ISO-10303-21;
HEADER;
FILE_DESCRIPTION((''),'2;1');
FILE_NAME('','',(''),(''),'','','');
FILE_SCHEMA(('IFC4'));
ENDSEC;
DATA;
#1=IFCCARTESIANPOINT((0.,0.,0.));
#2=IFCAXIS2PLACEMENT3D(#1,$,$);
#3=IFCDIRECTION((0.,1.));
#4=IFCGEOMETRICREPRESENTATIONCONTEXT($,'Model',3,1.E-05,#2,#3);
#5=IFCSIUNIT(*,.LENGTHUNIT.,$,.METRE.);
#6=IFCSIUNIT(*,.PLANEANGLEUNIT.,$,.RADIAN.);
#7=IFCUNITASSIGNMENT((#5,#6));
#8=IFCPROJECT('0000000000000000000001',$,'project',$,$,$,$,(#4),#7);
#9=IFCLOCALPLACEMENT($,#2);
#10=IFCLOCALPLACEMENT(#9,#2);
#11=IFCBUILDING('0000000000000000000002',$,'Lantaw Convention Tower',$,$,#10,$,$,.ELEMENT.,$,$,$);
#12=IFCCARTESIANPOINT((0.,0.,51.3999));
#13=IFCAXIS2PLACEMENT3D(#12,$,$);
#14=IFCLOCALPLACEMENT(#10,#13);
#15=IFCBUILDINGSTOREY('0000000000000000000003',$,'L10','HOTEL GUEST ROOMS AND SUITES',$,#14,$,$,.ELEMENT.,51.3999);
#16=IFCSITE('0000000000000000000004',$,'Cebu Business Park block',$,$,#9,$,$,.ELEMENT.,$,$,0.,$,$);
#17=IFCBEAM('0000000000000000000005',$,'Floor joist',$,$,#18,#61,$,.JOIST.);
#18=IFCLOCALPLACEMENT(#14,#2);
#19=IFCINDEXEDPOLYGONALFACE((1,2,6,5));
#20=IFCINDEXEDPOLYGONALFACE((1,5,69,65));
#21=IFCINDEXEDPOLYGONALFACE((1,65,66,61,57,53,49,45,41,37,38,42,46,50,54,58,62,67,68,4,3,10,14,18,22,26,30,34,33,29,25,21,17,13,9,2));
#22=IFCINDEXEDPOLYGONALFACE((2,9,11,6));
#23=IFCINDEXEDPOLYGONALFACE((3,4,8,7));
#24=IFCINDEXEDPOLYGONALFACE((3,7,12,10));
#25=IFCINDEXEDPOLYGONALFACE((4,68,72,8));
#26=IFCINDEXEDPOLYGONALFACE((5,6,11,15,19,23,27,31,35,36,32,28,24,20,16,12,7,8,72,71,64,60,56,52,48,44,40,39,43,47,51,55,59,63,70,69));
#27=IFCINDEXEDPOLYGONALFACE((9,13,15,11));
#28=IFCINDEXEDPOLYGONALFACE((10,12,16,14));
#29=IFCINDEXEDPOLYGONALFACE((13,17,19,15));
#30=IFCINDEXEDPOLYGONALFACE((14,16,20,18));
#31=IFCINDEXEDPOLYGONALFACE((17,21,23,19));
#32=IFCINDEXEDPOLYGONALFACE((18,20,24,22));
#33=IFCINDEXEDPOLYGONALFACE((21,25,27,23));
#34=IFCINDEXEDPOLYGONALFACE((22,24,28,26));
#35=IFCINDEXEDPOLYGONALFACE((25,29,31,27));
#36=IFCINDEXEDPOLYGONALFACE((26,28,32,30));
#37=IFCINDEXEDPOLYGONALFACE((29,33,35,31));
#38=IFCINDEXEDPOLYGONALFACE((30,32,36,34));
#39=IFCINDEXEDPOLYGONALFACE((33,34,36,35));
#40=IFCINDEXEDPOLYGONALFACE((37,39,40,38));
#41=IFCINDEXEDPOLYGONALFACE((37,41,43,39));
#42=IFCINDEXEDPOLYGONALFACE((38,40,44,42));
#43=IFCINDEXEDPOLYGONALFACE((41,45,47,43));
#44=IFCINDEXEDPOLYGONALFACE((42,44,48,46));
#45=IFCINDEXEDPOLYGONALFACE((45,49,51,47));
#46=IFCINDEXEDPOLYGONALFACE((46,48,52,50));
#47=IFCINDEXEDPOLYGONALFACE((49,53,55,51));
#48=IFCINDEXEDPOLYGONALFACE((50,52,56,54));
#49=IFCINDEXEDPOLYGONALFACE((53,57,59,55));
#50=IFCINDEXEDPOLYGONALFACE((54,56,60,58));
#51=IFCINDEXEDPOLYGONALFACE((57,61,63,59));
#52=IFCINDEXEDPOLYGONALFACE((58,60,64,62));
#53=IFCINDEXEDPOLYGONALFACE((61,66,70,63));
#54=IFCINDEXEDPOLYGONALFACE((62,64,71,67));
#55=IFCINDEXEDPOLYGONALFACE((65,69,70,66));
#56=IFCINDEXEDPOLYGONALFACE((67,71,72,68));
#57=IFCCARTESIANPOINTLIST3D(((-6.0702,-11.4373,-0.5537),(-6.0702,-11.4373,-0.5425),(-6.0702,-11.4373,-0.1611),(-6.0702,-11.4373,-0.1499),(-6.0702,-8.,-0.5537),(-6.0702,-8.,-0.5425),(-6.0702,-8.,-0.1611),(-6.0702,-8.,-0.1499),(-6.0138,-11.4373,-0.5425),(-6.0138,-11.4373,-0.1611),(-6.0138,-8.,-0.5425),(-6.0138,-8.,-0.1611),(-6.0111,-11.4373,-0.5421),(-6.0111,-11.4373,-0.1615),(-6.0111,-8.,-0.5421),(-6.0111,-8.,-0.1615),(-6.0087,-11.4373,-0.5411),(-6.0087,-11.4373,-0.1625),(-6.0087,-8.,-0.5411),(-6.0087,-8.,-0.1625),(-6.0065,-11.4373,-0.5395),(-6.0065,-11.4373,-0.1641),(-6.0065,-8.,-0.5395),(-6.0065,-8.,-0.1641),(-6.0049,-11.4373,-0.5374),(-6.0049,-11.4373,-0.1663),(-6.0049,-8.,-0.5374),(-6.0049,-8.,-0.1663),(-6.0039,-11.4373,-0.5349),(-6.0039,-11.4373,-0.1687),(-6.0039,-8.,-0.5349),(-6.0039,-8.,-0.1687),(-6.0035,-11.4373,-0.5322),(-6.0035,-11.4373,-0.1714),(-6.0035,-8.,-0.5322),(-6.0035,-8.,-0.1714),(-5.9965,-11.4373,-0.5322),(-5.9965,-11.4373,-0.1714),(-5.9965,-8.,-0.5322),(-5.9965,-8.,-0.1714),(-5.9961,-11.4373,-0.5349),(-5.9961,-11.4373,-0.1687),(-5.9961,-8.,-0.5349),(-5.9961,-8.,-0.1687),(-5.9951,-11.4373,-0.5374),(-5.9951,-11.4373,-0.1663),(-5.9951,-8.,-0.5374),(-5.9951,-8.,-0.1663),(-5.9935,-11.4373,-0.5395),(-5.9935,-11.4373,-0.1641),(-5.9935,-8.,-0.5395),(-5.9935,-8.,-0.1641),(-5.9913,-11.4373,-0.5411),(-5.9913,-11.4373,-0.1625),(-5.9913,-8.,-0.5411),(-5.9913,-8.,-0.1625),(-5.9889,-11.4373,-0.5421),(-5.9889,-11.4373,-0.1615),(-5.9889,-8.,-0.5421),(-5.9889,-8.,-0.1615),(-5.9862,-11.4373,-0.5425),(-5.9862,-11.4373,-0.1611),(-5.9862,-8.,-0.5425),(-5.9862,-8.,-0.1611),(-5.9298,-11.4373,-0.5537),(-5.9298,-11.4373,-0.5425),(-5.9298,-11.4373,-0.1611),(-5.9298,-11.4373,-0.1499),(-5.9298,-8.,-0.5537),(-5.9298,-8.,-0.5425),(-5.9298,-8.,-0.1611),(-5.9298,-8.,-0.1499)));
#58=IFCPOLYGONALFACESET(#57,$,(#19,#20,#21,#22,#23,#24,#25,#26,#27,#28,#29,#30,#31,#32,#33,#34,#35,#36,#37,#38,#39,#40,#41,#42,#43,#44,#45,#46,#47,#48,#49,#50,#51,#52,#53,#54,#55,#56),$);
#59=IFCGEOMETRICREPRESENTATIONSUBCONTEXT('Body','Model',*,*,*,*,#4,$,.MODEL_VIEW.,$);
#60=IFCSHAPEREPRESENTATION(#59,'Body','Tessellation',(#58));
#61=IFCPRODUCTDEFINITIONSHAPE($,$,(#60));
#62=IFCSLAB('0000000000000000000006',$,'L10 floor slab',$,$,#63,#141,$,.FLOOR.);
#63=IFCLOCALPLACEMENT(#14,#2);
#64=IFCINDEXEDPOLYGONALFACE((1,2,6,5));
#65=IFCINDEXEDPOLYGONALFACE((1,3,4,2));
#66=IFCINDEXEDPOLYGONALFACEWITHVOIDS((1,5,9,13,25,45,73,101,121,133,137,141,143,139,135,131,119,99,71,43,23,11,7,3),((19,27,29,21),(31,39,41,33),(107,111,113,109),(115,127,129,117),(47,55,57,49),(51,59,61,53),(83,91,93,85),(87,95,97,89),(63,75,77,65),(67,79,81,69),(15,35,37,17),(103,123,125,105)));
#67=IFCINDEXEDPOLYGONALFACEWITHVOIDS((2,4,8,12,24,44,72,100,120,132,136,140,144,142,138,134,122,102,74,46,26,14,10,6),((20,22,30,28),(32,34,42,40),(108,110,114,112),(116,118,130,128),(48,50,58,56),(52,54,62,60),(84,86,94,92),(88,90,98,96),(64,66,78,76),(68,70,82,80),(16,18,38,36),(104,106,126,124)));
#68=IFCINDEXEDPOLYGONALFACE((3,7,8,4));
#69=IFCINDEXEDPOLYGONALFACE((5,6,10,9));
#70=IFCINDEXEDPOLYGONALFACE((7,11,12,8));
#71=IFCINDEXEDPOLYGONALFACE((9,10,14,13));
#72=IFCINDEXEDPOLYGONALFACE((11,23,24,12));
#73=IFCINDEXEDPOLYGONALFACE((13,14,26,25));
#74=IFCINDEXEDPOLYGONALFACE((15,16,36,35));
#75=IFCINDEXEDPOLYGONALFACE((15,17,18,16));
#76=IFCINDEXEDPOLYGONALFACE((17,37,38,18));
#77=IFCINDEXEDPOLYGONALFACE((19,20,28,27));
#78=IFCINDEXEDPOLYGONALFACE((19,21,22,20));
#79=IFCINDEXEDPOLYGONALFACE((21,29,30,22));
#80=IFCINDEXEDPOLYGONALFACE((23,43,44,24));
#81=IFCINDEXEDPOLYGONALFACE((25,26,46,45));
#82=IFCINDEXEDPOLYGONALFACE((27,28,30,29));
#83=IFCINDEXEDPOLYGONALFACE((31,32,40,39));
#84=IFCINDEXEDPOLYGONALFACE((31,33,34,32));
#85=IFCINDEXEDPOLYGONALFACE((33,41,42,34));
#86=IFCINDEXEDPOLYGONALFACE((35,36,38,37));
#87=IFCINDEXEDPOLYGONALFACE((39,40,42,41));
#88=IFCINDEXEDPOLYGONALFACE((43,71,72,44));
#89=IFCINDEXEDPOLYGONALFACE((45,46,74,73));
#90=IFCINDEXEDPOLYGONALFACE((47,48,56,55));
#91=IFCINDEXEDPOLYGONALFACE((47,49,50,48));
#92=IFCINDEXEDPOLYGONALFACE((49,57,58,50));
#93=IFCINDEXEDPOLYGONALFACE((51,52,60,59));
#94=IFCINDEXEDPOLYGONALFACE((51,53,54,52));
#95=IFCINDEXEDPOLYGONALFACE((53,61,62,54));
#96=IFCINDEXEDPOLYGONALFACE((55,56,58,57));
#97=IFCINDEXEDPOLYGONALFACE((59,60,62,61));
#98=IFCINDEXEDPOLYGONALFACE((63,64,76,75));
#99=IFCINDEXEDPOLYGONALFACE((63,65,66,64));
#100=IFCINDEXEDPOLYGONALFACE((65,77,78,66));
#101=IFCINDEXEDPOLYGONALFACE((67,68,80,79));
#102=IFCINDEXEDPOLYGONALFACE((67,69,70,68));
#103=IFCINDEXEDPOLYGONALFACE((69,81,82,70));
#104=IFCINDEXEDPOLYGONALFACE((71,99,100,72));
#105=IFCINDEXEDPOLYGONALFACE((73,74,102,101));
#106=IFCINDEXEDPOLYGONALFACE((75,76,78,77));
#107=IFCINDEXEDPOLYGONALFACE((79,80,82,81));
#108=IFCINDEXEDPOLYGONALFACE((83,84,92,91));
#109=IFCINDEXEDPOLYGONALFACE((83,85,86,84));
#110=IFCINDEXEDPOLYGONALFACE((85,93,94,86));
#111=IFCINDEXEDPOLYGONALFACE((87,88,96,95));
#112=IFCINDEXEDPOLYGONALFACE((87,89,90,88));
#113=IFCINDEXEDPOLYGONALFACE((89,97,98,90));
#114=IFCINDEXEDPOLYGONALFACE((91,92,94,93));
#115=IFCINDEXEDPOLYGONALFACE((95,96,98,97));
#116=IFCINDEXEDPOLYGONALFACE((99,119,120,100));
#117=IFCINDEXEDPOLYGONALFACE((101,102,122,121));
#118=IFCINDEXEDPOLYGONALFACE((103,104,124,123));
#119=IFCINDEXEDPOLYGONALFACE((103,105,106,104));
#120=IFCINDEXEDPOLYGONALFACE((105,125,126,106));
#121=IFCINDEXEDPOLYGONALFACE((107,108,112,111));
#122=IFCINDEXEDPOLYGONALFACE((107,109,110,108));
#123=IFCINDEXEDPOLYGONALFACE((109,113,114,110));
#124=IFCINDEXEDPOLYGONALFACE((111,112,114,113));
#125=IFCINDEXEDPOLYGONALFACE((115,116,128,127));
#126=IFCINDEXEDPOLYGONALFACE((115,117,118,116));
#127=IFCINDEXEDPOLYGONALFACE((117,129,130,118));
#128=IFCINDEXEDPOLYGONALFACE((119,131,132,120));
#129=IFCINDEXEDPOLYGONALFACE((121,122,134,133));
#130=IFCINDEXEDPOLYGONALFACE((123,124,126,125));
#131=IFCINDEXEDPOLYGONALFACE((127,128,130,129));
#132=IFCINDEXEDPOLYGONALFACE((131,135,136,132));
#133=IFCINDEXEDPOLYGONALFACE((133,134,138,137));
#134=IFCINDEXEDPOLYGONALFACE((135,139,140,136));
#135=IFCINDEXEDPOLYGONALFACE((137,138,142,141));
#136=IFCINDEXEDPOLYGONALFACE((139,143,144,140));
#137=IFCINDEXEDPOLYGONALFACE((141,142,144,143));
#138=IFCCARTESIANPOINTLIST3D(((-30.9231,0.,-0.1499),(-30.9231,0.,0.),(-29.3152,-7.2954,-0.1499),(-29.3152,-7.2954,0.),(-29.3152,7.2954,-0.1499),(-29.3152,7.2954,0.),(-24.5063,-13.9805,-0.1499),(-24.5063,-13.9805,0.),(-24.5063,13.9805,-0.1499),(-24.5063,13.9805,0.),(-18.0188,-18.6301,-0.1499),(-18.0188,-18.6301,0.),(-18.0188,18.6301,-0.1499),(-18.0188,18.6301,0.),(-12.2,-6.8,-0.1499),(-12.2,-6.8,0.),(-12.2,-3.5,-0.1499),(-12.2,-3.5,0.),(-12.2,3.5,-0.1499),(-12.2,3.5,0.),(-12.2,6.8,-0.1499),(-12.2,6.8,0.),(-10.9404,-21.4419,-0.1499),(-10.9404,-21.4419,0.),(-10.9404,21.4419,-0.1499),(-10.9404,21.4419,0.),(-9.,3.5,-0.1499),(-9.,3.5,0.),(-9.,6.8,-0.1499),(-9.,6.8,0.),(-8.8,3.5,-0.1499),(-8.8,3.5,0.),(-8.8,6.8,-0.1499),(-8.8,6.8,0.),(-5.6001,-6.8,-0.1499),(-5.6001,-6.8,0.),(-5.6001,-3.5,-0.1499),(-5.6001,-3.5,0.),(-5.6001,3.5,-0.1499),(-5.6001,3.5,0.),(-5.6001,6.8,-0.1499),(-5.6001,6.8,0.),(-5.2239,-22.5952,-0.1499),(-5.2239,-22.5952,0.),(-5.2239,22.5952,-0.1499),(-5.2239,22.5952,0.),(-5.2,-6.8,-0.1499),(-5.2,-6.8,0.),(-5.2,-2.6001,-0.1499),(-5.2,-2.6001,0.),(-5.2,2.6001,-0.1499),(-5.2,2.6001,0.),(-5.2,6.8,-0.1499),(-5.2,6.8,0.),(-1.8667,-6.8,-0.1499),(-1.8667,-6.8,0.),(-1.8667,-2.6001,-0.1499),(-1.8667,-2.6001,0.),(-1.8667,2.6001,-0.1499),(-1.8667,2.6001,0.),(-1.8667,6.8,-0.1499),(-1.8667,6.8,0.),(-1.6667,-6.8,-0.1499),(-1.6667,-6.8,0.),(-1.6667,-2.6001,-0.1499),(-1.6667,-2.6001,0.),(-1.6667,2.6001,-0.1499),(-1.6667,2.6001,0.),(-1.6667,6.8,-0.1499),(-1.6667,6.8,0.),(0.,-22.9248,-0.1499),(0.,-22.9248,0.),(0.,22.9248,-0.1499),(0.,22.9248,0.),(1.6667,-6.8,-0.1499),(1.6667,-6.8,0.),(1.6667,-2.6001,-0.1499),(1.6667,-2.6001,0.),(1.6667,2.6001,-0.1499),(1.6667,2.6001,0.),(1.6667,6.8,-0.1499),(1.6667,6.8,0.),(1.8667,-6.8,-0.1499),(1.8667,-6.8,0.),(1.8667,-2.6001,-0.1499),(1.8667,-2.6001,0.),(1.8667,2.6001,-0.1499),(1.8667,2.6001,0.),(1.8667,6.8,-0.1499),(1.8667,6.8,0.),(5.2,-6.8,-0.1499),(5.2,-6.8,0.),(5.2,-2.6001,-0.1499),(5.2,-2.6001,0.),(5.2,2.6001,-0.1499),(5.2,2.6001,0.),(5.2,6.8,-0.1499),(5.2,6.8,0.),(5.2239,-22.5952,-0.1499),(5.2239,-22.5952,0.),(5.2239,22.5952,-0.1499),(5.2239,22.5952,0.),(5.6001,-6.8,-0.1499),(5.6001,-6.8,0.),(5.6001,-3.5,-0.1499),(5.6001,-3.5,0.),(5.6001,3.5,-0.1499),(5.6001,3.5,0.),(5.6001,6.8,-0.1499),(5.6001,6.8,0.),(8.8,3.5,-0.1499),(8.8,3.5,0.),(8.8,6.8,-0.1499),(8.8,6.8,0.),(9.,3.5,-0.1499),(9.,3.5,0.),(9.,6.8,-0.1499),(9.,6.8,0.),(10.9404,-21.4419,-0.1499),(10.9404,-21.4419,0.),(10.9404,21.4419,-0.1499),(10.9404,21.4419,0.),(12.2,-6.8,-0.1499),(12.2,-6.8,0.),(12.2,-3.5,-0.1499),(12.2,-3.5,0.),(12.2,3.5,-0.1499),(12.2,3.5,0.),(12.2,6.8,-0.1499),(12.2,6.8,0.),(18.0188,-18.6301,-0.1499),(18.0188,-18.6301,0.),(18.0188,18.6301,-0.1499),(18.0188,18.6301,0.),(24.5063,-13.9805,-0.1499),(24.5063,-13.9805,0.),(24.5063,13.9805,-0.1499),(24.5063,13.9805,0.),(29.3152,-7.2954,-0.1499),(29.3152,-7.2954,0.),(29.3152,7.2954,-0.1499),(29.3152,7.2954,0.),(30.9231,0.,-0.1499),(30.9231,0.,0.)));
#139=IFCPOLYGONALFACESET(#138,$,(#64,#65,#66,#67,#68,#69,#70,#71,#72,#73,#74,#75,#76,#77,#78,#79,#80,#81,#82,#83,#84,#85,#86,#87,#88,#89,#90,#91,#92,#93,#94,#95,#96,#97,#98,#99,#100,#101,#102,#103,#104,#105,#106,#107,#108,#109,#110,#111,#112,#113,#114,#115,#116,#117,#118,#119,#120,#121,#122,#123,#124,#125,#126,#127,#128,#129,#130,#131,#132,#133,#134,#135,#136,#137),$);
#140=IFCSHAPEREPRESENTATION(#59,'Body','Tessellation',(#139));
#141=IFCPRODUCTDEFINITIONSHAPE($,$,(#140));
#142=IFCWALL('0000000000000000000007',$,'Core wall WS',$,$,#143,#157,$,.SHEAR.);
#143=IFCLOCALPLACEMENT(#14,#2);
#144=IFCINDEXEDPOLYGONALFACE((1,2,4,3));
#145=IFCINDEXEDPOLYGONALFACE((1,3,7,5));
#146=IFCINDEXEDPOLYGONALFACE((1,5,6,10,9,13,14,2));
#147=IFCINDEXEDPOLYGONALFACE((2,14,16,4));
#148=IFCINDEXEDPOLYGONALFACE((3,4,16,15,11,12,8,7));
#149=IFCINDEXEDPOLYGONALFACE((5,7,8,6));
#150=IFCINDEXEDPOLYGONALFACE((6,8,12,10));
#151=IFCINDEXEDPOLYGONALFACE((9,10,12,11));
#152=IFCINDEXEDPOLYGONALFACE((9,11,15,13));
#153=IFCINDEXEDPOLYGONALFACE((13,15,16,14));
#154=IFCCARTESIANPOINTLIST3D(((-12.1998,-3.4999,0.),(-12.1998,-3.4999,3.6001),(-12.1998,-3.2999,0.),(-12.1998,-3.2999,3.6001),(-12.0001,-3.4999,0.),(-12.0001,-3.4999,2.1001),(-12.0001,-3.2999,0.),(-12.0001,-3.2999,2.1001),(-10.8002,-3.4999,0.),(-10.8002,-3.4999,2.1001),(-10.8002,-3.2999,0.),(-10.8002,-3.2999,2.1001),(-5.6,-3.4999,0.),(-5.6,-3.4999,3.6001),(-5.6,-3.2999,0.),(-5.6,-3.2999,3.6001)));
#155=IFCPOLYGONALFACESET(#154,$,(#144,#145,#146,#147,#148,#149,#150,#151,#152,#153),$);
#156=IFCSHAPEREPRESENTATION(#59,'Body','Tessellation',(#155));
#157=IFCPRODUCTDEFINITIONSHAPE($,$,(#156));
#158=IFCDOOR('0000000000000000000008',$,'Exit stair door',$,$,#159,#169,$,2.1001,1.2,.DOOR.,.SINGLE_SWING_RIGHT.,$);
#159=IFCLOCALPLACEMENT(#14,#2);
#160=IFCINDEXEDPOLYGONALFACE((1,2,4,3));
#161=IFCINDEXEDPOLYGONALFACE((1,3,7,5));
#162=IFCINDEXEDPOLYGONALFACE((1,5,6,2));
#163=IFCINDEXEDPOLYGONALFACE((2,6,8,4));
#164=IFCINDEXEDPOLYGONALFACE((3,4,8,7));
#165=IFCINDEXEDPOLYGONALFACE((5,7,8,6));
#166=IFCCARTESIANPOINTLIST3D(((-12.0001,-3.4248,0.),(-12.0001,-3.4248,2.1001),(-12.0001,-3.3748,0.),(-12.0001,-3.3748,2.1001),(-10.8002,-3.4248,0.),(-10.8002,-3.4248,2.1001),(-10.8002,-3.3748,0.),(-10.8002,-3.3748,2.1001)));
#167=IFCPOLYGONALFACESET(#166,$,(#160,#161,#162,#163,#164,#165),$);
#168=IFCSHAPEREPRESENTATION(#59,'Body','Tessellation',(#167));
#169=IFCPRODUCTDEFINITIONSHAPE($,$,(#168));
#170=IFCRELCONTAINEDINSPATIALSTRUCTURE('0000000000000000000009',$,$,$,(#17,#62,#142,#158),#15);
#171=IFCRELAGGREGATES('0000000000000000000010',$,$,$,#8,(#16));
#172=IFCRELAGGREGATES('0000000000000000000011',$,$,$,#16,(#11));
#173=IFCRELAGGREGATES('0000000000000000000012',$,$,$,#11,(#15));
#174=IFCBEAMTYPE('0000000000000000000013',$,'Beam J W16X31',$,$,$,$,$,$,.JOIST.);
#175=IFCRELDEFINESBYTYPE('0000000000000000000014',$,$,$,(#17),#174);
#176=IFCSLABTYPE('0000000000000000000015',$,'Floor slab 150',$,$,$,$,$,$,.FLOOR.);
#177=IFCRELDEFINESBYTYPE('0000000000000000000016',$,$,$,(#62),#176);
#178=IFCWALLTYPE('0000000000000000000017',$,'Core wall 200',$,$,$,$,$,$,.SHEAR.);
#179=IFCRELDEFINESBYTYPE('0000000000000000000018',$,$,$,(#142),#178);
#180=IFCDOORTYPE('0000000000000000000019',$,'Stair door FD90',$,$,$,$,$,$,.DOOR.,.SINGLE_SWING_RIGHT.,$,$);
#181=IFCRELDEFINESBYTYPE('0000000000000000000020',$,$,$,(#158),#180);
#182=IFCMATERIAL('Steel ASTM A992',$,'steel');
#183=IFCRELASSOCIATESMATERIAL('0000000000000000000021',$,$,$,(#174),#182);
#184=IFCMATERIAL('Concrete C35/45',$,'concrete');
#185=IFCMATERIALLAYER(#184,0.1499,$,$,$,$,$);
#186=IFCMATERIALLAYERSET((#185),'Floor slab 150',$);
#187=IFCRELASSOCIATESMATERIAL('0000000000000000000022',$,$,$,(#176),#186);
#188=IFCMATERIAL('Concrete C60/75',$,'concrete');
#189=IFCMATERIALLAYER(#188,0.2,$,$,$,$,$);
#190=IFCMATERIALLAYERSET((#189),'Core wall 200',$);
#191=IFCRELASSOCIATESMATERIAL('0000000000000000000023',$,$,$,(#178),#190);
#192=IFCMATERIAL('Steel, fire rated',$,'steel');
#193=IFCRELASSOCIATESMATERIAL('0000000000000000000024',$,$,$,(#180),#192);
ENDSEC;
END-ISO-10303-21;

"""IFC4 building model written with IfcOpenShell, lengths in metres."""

from ifc_helpers import new_model, si_unit, direction, frame, frame_2d, origin, origin_2d, place, context, subcontext, project, spatial, polyline, rectangle, i_section, outline, extrude, material, layer, layer_set, material_profile, profile_set, type_object, element, fill, save


model = new_model("IFC4")

# Units and contexts
model_context = context("Model", 3, precision=1e-05, world=origin(), true_north=direction((0.0, 1.0)))
body_context = subcontext(model_context, "Body", "Model", "MODEL_VIEW")
ifc_project = project(units=[si_unit("LENGTHUNIT", "METRE"), si_unit("PLANEANGLEUNIT", "RADIAN")], contexts=[model_context])

# Site, building, storey
site_placement = place(None, origin())
site = spatial("IfcSite", under=ifc_project, at=site_placement, Name="Cebu Business Park block", CompositionType="ELEMENT", RefElevation=0.0)
building_placement = place(site_placement, origin())
building = spatial("IfcBuilding", under=site, at=building_placement, Name="Lantaw Convention Tower", CompositionType="ELEMENT")
storey_placement = place(building_placement, frame((0.0, 0.0, 51.3999)))
storey = spatial("IfcBuildingStorey", under=building, at=storey_placement, Name="L10", Description="HOTEL GUEST ROOMS AND SUITES", CompositionType="ELEMENT", Elevation=51.3999)

# Beam
ifc_material_1 = material(Name="Steel ASTM A992", Category="steel")
ifc_material_profile_1 = material_profile(ifc_material_1, i_section(OverallWidth=0.1404, OverallDepth=0.4038, WebThickness=0.0071, FlangeThickness=0.0112, FilletRadius=0.0103, at=origin_2d()), Name="W16X31")
ifc_profile_set_1 = profile_set([ifc_material_profile_1], Name="Steel ASTM A992")
beam_type_1 = type_object("IfcBeamType", Name="Beam J W16X31", PredefinedType="JOIST", material=ifc_profile_set_1)
beam_1_placement = place(storey_placement, frame((-6.0, -11.4373, -0.3518), z_axis=(0.0, 1.0, 0.0), x_axis=(-1.0, 0.0, 0.0)))
element("IfcBeam", 1, at=beam_1_placement, inside=storey, type_object=beam_type_1, Name="Floor joist", PredefinedType="JOIST", context=body_context, shape_type="SweptSolid", body=[
    extrude(i_section(OverallWidth=0.1404, OverallDepth=0.4038, WebThickness=0.0071, FlangeThickness=0.0112, FilletRadius=0.0103, at=origin_2d()), origin(), (0.0, 0.0, 1.0), 3.4373),
])

# Slab
ifc_material_2 = material(Name="Concrete C35/45", Category="concrete")
ifc_layer_1 = layer(ifc_material_2, 0.1499)
ifc_layer_set_1 = layer_set([ifc_layer_1], Name="Floor slab 150")
slab_type = type_object("IfcSlabType", Name="Floor slab 150", PredefinedType="FLOOR", material=ifc_layer_set_1)
slab_placement = place(storey_placement, frame((0.0, 0.0, -0.1499)))
element("IfcSlab", 2, at=slab_placement, inside=storey, type_object=slab_type, Name="L10 floor slab", PredefinedType="FLOOR", context=body_context, shape_type="SweptSolid", body=[
    extrude(outline(polyline([(29.3152, -7.2954), (30.9231, 0.0), (29.3152, 7.2954), (24.5063, 13.9805), (18.0188, 18.6301), (10.9404, 21.4419), (5.2239, 22.5952), (0.0, 22.9248), (-5.2239, 22.5952), (-10.9404, 21.4419), (-18.0188, 18.6301), (-24.5063, 13.9805), (-29.3152, 7.2954), (-30.9231, 0.0), (-29.3152, -7.2954), (-24.5063, -13.9805), (-18.0188, -18.6301), (-10.9404, -21.4419), (-5.2239, -22.5952), (0.0, -22.9248), (5.2239, -22.5952), (10.9404, -21.4419), (18.0188, -18.6301), (24.5063, -13.9805), (29.3152, -7.2954)]), holes=[polyline([(-5.6001, -3.5), (-12.2, -3.5), (-12.2, -6.8), (-5.6001, -6.8), (-5.6001, -3.5)]), polyline([(-1.8667, -6.8), (-1.8667, -2.6001), (-5.2, -2.6001), (-5.2, -6.8), (-1.8667, -6.8)]), polyline([(-1.8667, 2.6001), (-1.8667, 6.8), (-5.2, 6.8), (-5.2, 2.6001), (-1.8667, 2.6001)]), polyline([(1.6667, 6.8), (-1.6667, 6.8), (-1.6667, 2.6001), (1.6667, 2.6001), (1.6667, 6.8)]), polyline([(-9.0, 3.5), (-9.0, 6.8), (-12.2, 6.8), (-12.2, 3.5), (-9.0, 3.5)]), polyline([(-5.6001, 3.5), (-5.6001, 6.8), (-8.8, 6.8), (-8.8, 3.5), (-5.6001, 3.5)]), polyline([(12.2, -3.5), (5.6001, -3.5), (5.6001, -6.8), (12.2, -6.8), (12.2, -3.5)]), polyline([(1.6667, -6.8), (1.6667, -2.6001), (-1.6667, -2.6001), (-1.6667, -6.8), (1.6667, -6.8)]), polyline([(5.2, -6.8), (5.2, -2.6001), (1.8667, -2.6001), (1.8667, -6.8), (5.2, -6.8)]), polyline([(5.2, 6.8), (1.8667, 6.8), (1.8667, 2.6001), (5.2, 2.6001), (5.2, 6.8)]), polyline([(8.8, 3.5), (8.8, 6.8), (5.6001, 6.8), (5.6001, 3.5), (8.8, 3.5)]), polyline([(12.2, 3.5), (12.2, 6.8), (9.0, 6.8), (9.0, 3.5), (12.2, 3.5)])]), origin(), (0.0, 0.0, 1.0), 0.1499),
])

# Wall, opening, door
ifc_material_3 = material(Name="Concrete C60/75", Category="concrete")
ifc_layer_2 = layer(ifc_material_3, 0.2)
ifc_layer_set_2 = layer_set([ifc_layer_2], Name="Core wall 200")
wall_type_1 = type_object("IfcWallType", Name="Core wall 200", PredefinedType="SHEAR", material=ifc_layer_set_2)
wall_1_placement = place(storey_placement, frame((-5.6001, -3.3999, 0.0), z_axis=(0.0, 0.0, 1.0), x_axis=(-1.0, 0.0, 0.0)))
wall_1 = element("IfcWall", 3, at=wall_1_placement, inside=storey, type_object=wall_type_1, Name="Core wall WS", PredefinedType="SHEAR", context=body_context, shape_type="SweptSolid", body=[
    extrude(rectangle(XDim=6.5999, YDim=0.2, at=frame_2d((3.2998, 0.0))), origin(), (0.0, 0.0, 1.0), 3.6001),
])
opening_1_placement = place(wall_1_placement, frame((5.2, 0.0, 0.0)))
opening_1 = element("IfcOpeningElement", 4, at=opening_1_placement, cuts=wall_1, PredefinedType="OPENING", context=body_context, shape_type="SweptSolid", body=[
    extrude(rectangle(XDim=1.2, YDim=2.1001, at=frame_2d((0.6001, 1.05))), frame((0.0, 0.1099, 0.0), z_axis=(0.0, -1.0, 0.0), x_axis=(1.0, 0.0, 0.0)), (0.0, 0.0, 1.0), 0.22),
])
ifc_material_4 = material(Name="Steel, fire rated", Category="steel")
door_type_1 = type_object("IfcDoorType", Name="Stair door FD90", OperationType="SINGLE_SWING_RIGHT", PredefinedType="DOOR", material=ifc_material_4)
door_1_placement = place(opening_1_placement, origin())
door_1 = element("IfcDoor", 5, at=door_1_placement, inside=storey, type_object=door_type_1, Name="Exit stair door", OperationType="SINGLE_SWING_RIGHT", OverallHeight=2.1001, OverallWidth=1.2, PredefinedType="DOOR", context=body_context, shape_type="SweptSolid", body=[
    extrude(rectangle(XDim=1.2, YDim=2.1001, at=frame_2d((0.6001, 1.05))), frame((0.0, 0.0249, 0.0), z_axis=(0.0, -1.0, 0.0), x_axis=(1.0, 0.0, 0.0)), (0.0, 0.0, 1.0), 0.05),
])
fill(opening_1, door_1)

save(model, "model.ifc")
